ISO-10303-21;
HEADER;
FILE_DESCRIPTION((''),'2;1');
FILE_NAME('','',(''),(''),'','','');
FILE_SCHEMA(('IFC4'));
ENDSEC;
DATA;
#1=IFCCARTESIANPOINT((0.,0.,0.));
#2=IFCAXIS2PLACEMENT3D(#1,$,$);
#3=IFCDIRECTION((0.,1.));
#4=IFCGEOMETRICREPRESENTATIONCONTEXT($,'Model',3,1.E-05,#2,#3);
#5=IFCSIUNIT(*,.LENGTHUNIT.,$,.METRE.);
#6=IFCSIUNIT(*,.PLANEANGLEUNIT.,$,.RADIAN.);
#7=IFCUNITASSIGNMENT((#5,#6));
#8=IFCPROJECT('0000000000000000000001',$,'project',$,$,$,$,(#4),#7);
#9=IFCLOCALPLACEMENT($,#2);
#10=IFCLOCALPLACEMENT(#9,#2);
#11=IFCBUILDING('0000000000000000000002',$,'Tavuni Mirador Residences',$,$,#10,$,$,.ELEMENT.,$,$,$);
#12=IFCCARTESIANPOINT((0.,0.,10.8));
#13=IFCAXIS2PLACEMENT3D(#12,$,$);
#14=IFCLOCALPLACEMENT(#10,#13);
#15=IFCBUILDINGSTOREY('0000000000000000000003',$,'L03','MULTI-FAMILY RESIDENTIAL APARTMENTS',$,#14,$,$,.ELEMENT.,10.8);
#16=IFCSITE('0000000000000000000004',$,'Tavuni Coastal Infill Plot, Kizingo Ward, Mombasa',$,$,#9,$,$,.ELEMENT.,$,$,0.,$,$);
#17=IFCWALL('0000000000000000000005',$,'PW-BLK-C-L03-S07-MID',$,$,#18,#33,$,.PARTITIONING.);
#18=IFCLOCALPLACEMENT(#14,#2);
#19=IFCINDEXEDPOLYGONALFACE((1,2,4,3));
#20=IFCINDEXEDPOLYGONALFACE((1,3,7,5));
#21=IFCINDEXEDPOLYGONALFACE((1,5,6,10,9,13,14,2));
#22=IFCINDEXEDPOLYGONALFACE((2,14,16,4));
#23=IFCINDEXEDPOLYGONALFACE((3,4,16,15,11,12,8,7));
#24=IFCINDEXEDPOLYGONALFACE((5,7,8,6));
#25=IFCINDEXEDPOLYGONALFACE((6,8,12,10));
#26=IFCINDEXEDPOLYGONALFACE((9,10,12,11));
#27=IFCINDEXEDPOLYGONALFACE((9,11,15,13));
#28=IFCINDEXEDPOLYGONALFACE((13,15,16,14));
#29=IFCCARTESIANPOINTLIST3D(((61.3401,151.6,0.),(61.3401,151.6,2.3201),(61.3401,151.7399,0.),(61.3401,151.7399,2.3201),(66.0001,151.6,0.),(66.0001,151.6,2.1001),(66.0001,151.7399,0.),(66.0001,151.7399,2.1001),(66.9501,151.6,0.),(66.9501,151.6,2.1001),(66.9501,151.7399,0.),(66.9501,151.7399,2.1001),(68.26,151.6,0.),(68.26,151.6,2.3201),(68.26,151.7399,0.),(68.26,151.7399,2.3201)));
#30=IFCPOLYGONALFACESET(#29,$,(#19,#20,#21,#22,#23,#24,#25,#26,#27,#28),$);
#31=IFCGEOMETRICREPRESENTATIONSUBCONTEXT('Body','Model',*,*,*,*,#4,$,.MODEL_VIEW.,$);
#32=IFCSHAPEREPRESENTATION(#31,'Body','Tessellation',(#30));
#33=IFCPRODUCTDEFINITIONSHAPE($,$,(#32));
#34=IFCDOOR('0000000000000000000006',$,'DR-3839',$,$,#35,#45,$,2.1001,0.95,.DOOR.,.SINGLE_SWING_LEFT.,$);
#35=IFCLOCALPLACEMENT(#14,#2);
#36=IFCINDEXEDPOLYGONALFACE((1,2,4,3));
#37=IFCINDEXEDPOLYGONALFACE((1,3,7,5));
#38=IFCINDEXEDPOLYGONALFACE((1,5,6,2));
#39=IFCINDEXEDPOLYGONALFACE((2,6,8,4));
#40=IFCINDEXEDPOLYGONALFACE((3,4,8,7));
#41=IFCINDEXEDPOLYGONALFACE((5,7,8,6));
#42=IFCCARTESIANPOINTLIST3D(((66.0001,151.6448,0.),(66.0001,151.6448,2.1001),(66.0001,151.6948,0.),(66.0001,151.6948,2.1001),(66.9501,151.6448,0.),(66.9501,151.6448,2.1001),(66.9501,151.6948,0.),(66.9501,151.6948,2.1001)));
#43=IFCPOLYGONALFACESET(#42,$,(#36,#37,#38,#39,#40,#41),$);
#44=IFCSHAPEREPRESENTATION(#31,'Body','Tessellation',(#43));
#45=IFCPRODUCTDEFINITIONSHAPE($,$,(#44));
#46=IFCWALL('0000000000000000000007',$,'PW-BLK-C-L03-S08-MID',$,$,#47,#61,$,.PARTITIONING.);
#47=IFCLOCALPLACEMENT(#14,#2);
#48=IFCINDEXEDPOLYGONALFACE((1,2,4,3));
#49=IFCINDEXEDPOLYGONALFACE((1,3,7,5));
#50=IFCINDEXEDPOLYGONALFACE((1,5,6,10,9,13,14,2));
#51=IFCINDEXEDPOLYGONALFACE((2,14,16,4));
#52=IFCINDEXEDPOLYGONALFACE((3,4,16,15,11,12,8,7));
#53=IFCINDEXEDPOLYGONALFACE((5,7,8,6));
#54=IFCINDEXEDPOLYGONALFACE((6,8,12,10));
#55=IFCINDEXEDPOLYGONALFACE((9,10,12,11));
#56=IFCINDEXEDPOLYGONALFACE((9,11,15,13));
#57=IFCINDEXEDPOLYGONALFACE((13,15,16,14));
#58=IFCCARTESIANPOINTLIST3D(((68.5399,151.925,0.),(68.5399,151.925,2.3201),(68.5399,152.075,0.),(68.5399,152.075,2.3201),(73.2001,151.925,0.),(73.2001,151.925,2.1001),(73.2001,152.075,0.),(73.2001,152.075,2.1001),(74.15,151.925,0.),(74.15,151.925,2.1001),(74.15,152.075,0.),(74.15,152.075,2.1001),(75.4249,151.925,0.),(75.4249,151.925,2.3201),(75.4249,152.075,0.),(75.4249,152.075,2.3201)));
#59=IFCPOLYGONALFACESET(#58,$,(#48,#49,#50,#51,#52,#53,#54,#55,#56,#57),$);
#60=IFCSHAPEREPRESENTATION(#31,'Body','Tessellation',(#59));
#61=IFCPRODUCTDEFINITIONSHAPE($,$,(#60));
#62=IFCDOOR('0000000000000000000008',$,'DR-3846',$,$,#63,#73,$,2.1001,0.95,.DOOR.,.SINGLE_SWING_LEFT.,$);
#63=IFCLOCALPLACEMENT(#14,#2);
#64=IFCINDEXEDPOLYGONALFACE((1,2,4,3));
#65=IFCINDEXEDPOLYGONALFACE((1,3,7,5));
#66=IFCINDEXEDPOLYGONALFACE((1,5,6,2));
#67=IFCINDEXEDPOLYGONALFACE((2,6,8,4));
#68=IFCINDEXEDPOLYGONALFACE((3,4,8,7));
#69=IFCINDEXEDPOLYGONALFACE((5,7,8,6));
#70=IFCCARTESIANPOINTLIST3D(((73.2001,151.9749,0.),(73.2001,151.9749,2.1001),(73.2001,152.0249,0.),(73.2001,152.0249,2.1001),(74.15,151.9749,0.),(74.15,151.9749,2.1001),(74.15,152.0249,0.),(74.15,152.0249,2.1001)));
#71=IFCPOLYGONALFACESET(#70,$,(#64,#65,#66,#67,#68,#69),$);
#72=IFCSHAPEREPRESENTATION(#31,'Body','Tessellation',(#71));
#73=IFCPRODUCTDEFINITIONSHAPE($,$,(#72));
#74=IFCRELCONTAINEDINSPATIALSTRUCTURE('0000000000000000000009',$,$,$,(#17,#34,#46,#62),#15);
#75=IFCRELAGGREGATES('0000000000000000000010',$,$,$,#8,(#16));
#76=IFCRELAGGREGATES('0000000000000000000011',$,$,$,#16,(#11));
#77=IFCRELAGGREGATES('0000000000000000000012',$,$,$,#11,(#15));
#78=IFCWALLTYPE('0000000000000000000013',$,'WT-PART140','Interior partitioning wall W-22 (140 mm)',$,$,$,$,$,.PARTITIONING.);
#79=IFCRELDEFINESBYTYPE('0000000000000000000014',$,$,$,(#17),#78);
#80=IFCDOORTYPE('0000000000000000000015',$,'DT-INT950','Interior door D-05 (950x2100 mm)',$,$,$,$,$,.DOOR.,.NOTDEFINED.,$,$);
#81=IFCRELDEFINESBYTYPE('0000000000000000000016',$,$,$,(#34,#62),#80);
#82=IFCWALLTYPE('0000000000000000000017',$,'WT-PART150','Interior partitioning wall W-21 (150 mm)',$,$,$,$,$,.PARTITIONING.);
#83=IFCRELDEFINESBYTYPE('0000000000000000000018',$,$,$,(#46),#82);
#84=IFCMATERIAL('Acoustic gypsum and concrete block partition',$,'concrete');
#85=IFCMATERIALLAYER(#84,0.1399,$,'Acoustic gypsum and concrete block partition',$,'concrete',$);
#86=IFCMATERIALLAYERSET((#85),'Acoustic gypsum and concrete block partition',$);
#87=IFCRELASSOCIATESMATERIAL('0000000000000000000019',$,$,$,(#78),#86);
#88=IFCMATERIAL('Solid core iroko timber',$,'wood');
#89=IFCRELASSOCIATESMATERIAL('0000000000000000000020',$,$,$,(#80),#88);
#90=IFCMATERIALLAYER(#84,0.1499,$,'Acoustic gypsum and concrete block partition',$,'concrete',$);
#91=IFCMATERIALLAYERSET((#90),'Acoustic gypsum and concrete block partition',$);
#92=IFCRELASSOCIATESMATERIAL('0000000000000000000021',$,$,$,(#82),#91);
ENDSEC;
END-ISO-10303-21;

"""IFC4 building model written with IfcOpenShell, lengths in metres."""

from ifc_helpers import new_model, si_unit, direction, frame, frame_2d, origin, place, context, subcontext, project, spatial, rectangle, extrude, material, layer, layer_set, type_object, element, fill, save


model = new_model("IFC4")

# Units and contexts
model_context = context("Model", 3, precision=1e-05, world=origin(), true_north=direction((0.0, 1.0)))
body_context = subcontext(model_context, "Body", "Model", "MODEL_VIEW")
ifc_project = project(units=[si_unit("LENGTHUNIT", "METRE"), si_unit("PLANEANGLEUNIT", "RADIAN")], contexts=[model_context])

# Site, building, storey
site_placement = place(None, origin())
site = spatial("IfcSite", under=ifc_project, at=site_placement, Name="Tavuni Coastal Infill Plot, Kizingo Ward, Mombasa", CompositionType="ELEMENT", RefElevation=0.0)
building_placement = place(site_placement, origin())
building = spatial("IfcBuilding", under=site, at=building_placement, Name="Tavuni Mirador Residences", CompositionType="ELEMENT")
storey_placement = place(building_placement, frame((0.0, 0.0, 10.8)))
storey = spatial("IfcBuildingStorey", under=building, at=storey_placement, Name="L03", Description="MULTI-FAMILY RESIDENTIAL APARTMENTS", CompositionType="ELEMENT", Elevation=10.8)

# Walls, openings, doors
ifc_material_1 = material(Name="Solid core iroko timber", Category="wood")
ifc_material_2 = material(Name="Acoustic gypsum and concrete block partition", Category="concrete")
ifc_layer_1 = layer(ifc_material_2, 0.1399, Name="Acoustic gypsum and concrete block partition", Category="concrete")
ifc_layer_set_1 = layer_set([ifc_layer_1], Name="Acoustic gypsum and concrete block partition")
wall_type_1 = type_object("IfcWallType", Name="WT-PART140", Description="Interior partitioning wall W-22 (140 mm)", PredefinedType="PARTITIONING", material=ifc_layer_set_1)
wall_1_placement = place(storey_placement, frame((61.3401, 151.6699, 0.0), z_axis=(0.0, 0.0, 1.0), x_axis=(1.0, 0.0, 0.0)))
wall_1 = element("IfcWall", 1, at=wall_1_placement, inside=storey, type_object=wall_type_1, Name="PW-BLK-C-L03-S07-MID", PredefinedType="PARTITIONING", context=body_context, shape_type="SweptSolid", body=[
    extrude(rectangle(XDim=6.9199, YDim=0.1399, at=frame_2d((3.46, 0.0))), origin(), (0.0, 0.0, 1.0), 2.3201),
])
opening_1_placement = place(wall_1_placement, frame((4.6599, 0.0, 0.0)))
opening_1 = element("IfcOpeningElement", 2, at=opening_1_placement, cuts=wall_1, PredefinedType="OPENING", context=body_context, shape_type="SweptSolid", body=[
    extrude(rectangle(XDim=0.95, YDim=2.1001, at=frame_2d((0.4751, 1.05))), frame((0.0, 0.0801, 0.0), z_axis=(0.0, -1.0, 0.0), x_axis=(1.0, 0.0, 0.0)), (0.0, 0.0, 1.0), 0.1599),
])
door_type_1 = type_object("IfcDoorType", Name="DT-INT950", Description="Interior door D-05 (950x2100 mm)", OperationType="NOTDEFINED", PredefinedType="DOOR", material=ifc_material_1)
door_1_placement = place(opening_1_placement, origin())
door_1 = element("IfcDoor", 3, at=door_1_placement, inside=storey, type_object=door_type_1, Name="DR-3839", OperationType="SINGLE_SWING_LEFT", OverallHeight=2.1001, OverallWidth=0.95, PredefinedType="DOOR", context=body_context, shape_type="SweptSolid", body=[
    extrude(rectangle(XDim=0.95, YDim=2.1001, at=frame_2d((0.4751, 1.05))), frame((0.0, 0.0249, 0.0), z_axis=(0.0, -1.0, 0.0), x_axis=(1.0, 0.0, 0.0)), (0.0, 0.0, 1.0), 0.05),
])
fill(opening_1, door_1)
ifc_layer_2 = layer(ifc_material_2, 0.1499, Name="Acoustic gypsum and concrete block partition", Category="concrete")
ifc_layer_set_2 = layer_set([ifc_layer_2], Name="Acoustic gypsum and concrete block partition")
wall_type_2 = type_object("IfcWallType", Name="WT-PART150", Description="Interior partitioning wall W-21 (150 mm)", PredefinedType="PARTITIONING", material=ifc_layer_set_2)
wall_2_placement = place(storey_placement, frame((68.54, 152.0, 0.0), z_axis=(0.0, 0.0, 1.0), x_axis=(1.0, 0.0, 0.0)))
wall_2 = element("IfcWall", 4, at=wall_2_placement, inside=storey, type_object=wall_type_2, Name="PW-BLK-C-L03-S08-MID", PredefinedType="PARTITIONING", context=body_context, shape_type="SweptSolid", body=[
    extrude(rectangle(XDim=6.885, YDim=0.1499, at=frame_2d((3.4424, 0.0))), origin(), (0.0, 0.0, 1.0), 2.3201),
])
opening_2_placement = place(wall_2_placement, frame((4.6599, 0.0, 0.0)))
opening_2 = element("IfcOpeningElement", 5, at=opening_2_placement, cuts=wall_2, PredefinedType="OPENING", context=body_context, shape_type="SweptSolid", body=[
    extrude(rectangle(XDim=0.95, YDim=2.1001, at=frame_2d((0.4751, 1.05))), frame((0.0, 0.085, 0.0), z_axis=(0.0, -1.0, 0.0), x_axis=(1.0, 0.0, 0.0)), (0.0, 0.0, 1.0), 0.1699),
])
door_2_placement = place(opening_2_placement, origin())
door_2 = element("IfcDoor", 6, at=door_2_placement, inside=storey, type_object=door_type_1, Name="DR-3846", OperationType="SINGLE_SWING_LEFT", OverallHeight=2.1001, OverallWidth=0.95, PredefinedType="DOOR", context=body_context, shape_type="SweptSolid", body=[
    extrude(rectangle(XDim=0.95, YDim=2.1001, at=frame_2d((0.4751, 1.05))), frame((0.0, 0.0249, 0.0), z_axis=(0.0, -1.0, 0.0), x_axis=(1.0, 0.0, 0.0)), (0.0, 0.0, 1.0), 0.05),
])
fill(opening_2, door_2)

save(model, "model.ifc")
